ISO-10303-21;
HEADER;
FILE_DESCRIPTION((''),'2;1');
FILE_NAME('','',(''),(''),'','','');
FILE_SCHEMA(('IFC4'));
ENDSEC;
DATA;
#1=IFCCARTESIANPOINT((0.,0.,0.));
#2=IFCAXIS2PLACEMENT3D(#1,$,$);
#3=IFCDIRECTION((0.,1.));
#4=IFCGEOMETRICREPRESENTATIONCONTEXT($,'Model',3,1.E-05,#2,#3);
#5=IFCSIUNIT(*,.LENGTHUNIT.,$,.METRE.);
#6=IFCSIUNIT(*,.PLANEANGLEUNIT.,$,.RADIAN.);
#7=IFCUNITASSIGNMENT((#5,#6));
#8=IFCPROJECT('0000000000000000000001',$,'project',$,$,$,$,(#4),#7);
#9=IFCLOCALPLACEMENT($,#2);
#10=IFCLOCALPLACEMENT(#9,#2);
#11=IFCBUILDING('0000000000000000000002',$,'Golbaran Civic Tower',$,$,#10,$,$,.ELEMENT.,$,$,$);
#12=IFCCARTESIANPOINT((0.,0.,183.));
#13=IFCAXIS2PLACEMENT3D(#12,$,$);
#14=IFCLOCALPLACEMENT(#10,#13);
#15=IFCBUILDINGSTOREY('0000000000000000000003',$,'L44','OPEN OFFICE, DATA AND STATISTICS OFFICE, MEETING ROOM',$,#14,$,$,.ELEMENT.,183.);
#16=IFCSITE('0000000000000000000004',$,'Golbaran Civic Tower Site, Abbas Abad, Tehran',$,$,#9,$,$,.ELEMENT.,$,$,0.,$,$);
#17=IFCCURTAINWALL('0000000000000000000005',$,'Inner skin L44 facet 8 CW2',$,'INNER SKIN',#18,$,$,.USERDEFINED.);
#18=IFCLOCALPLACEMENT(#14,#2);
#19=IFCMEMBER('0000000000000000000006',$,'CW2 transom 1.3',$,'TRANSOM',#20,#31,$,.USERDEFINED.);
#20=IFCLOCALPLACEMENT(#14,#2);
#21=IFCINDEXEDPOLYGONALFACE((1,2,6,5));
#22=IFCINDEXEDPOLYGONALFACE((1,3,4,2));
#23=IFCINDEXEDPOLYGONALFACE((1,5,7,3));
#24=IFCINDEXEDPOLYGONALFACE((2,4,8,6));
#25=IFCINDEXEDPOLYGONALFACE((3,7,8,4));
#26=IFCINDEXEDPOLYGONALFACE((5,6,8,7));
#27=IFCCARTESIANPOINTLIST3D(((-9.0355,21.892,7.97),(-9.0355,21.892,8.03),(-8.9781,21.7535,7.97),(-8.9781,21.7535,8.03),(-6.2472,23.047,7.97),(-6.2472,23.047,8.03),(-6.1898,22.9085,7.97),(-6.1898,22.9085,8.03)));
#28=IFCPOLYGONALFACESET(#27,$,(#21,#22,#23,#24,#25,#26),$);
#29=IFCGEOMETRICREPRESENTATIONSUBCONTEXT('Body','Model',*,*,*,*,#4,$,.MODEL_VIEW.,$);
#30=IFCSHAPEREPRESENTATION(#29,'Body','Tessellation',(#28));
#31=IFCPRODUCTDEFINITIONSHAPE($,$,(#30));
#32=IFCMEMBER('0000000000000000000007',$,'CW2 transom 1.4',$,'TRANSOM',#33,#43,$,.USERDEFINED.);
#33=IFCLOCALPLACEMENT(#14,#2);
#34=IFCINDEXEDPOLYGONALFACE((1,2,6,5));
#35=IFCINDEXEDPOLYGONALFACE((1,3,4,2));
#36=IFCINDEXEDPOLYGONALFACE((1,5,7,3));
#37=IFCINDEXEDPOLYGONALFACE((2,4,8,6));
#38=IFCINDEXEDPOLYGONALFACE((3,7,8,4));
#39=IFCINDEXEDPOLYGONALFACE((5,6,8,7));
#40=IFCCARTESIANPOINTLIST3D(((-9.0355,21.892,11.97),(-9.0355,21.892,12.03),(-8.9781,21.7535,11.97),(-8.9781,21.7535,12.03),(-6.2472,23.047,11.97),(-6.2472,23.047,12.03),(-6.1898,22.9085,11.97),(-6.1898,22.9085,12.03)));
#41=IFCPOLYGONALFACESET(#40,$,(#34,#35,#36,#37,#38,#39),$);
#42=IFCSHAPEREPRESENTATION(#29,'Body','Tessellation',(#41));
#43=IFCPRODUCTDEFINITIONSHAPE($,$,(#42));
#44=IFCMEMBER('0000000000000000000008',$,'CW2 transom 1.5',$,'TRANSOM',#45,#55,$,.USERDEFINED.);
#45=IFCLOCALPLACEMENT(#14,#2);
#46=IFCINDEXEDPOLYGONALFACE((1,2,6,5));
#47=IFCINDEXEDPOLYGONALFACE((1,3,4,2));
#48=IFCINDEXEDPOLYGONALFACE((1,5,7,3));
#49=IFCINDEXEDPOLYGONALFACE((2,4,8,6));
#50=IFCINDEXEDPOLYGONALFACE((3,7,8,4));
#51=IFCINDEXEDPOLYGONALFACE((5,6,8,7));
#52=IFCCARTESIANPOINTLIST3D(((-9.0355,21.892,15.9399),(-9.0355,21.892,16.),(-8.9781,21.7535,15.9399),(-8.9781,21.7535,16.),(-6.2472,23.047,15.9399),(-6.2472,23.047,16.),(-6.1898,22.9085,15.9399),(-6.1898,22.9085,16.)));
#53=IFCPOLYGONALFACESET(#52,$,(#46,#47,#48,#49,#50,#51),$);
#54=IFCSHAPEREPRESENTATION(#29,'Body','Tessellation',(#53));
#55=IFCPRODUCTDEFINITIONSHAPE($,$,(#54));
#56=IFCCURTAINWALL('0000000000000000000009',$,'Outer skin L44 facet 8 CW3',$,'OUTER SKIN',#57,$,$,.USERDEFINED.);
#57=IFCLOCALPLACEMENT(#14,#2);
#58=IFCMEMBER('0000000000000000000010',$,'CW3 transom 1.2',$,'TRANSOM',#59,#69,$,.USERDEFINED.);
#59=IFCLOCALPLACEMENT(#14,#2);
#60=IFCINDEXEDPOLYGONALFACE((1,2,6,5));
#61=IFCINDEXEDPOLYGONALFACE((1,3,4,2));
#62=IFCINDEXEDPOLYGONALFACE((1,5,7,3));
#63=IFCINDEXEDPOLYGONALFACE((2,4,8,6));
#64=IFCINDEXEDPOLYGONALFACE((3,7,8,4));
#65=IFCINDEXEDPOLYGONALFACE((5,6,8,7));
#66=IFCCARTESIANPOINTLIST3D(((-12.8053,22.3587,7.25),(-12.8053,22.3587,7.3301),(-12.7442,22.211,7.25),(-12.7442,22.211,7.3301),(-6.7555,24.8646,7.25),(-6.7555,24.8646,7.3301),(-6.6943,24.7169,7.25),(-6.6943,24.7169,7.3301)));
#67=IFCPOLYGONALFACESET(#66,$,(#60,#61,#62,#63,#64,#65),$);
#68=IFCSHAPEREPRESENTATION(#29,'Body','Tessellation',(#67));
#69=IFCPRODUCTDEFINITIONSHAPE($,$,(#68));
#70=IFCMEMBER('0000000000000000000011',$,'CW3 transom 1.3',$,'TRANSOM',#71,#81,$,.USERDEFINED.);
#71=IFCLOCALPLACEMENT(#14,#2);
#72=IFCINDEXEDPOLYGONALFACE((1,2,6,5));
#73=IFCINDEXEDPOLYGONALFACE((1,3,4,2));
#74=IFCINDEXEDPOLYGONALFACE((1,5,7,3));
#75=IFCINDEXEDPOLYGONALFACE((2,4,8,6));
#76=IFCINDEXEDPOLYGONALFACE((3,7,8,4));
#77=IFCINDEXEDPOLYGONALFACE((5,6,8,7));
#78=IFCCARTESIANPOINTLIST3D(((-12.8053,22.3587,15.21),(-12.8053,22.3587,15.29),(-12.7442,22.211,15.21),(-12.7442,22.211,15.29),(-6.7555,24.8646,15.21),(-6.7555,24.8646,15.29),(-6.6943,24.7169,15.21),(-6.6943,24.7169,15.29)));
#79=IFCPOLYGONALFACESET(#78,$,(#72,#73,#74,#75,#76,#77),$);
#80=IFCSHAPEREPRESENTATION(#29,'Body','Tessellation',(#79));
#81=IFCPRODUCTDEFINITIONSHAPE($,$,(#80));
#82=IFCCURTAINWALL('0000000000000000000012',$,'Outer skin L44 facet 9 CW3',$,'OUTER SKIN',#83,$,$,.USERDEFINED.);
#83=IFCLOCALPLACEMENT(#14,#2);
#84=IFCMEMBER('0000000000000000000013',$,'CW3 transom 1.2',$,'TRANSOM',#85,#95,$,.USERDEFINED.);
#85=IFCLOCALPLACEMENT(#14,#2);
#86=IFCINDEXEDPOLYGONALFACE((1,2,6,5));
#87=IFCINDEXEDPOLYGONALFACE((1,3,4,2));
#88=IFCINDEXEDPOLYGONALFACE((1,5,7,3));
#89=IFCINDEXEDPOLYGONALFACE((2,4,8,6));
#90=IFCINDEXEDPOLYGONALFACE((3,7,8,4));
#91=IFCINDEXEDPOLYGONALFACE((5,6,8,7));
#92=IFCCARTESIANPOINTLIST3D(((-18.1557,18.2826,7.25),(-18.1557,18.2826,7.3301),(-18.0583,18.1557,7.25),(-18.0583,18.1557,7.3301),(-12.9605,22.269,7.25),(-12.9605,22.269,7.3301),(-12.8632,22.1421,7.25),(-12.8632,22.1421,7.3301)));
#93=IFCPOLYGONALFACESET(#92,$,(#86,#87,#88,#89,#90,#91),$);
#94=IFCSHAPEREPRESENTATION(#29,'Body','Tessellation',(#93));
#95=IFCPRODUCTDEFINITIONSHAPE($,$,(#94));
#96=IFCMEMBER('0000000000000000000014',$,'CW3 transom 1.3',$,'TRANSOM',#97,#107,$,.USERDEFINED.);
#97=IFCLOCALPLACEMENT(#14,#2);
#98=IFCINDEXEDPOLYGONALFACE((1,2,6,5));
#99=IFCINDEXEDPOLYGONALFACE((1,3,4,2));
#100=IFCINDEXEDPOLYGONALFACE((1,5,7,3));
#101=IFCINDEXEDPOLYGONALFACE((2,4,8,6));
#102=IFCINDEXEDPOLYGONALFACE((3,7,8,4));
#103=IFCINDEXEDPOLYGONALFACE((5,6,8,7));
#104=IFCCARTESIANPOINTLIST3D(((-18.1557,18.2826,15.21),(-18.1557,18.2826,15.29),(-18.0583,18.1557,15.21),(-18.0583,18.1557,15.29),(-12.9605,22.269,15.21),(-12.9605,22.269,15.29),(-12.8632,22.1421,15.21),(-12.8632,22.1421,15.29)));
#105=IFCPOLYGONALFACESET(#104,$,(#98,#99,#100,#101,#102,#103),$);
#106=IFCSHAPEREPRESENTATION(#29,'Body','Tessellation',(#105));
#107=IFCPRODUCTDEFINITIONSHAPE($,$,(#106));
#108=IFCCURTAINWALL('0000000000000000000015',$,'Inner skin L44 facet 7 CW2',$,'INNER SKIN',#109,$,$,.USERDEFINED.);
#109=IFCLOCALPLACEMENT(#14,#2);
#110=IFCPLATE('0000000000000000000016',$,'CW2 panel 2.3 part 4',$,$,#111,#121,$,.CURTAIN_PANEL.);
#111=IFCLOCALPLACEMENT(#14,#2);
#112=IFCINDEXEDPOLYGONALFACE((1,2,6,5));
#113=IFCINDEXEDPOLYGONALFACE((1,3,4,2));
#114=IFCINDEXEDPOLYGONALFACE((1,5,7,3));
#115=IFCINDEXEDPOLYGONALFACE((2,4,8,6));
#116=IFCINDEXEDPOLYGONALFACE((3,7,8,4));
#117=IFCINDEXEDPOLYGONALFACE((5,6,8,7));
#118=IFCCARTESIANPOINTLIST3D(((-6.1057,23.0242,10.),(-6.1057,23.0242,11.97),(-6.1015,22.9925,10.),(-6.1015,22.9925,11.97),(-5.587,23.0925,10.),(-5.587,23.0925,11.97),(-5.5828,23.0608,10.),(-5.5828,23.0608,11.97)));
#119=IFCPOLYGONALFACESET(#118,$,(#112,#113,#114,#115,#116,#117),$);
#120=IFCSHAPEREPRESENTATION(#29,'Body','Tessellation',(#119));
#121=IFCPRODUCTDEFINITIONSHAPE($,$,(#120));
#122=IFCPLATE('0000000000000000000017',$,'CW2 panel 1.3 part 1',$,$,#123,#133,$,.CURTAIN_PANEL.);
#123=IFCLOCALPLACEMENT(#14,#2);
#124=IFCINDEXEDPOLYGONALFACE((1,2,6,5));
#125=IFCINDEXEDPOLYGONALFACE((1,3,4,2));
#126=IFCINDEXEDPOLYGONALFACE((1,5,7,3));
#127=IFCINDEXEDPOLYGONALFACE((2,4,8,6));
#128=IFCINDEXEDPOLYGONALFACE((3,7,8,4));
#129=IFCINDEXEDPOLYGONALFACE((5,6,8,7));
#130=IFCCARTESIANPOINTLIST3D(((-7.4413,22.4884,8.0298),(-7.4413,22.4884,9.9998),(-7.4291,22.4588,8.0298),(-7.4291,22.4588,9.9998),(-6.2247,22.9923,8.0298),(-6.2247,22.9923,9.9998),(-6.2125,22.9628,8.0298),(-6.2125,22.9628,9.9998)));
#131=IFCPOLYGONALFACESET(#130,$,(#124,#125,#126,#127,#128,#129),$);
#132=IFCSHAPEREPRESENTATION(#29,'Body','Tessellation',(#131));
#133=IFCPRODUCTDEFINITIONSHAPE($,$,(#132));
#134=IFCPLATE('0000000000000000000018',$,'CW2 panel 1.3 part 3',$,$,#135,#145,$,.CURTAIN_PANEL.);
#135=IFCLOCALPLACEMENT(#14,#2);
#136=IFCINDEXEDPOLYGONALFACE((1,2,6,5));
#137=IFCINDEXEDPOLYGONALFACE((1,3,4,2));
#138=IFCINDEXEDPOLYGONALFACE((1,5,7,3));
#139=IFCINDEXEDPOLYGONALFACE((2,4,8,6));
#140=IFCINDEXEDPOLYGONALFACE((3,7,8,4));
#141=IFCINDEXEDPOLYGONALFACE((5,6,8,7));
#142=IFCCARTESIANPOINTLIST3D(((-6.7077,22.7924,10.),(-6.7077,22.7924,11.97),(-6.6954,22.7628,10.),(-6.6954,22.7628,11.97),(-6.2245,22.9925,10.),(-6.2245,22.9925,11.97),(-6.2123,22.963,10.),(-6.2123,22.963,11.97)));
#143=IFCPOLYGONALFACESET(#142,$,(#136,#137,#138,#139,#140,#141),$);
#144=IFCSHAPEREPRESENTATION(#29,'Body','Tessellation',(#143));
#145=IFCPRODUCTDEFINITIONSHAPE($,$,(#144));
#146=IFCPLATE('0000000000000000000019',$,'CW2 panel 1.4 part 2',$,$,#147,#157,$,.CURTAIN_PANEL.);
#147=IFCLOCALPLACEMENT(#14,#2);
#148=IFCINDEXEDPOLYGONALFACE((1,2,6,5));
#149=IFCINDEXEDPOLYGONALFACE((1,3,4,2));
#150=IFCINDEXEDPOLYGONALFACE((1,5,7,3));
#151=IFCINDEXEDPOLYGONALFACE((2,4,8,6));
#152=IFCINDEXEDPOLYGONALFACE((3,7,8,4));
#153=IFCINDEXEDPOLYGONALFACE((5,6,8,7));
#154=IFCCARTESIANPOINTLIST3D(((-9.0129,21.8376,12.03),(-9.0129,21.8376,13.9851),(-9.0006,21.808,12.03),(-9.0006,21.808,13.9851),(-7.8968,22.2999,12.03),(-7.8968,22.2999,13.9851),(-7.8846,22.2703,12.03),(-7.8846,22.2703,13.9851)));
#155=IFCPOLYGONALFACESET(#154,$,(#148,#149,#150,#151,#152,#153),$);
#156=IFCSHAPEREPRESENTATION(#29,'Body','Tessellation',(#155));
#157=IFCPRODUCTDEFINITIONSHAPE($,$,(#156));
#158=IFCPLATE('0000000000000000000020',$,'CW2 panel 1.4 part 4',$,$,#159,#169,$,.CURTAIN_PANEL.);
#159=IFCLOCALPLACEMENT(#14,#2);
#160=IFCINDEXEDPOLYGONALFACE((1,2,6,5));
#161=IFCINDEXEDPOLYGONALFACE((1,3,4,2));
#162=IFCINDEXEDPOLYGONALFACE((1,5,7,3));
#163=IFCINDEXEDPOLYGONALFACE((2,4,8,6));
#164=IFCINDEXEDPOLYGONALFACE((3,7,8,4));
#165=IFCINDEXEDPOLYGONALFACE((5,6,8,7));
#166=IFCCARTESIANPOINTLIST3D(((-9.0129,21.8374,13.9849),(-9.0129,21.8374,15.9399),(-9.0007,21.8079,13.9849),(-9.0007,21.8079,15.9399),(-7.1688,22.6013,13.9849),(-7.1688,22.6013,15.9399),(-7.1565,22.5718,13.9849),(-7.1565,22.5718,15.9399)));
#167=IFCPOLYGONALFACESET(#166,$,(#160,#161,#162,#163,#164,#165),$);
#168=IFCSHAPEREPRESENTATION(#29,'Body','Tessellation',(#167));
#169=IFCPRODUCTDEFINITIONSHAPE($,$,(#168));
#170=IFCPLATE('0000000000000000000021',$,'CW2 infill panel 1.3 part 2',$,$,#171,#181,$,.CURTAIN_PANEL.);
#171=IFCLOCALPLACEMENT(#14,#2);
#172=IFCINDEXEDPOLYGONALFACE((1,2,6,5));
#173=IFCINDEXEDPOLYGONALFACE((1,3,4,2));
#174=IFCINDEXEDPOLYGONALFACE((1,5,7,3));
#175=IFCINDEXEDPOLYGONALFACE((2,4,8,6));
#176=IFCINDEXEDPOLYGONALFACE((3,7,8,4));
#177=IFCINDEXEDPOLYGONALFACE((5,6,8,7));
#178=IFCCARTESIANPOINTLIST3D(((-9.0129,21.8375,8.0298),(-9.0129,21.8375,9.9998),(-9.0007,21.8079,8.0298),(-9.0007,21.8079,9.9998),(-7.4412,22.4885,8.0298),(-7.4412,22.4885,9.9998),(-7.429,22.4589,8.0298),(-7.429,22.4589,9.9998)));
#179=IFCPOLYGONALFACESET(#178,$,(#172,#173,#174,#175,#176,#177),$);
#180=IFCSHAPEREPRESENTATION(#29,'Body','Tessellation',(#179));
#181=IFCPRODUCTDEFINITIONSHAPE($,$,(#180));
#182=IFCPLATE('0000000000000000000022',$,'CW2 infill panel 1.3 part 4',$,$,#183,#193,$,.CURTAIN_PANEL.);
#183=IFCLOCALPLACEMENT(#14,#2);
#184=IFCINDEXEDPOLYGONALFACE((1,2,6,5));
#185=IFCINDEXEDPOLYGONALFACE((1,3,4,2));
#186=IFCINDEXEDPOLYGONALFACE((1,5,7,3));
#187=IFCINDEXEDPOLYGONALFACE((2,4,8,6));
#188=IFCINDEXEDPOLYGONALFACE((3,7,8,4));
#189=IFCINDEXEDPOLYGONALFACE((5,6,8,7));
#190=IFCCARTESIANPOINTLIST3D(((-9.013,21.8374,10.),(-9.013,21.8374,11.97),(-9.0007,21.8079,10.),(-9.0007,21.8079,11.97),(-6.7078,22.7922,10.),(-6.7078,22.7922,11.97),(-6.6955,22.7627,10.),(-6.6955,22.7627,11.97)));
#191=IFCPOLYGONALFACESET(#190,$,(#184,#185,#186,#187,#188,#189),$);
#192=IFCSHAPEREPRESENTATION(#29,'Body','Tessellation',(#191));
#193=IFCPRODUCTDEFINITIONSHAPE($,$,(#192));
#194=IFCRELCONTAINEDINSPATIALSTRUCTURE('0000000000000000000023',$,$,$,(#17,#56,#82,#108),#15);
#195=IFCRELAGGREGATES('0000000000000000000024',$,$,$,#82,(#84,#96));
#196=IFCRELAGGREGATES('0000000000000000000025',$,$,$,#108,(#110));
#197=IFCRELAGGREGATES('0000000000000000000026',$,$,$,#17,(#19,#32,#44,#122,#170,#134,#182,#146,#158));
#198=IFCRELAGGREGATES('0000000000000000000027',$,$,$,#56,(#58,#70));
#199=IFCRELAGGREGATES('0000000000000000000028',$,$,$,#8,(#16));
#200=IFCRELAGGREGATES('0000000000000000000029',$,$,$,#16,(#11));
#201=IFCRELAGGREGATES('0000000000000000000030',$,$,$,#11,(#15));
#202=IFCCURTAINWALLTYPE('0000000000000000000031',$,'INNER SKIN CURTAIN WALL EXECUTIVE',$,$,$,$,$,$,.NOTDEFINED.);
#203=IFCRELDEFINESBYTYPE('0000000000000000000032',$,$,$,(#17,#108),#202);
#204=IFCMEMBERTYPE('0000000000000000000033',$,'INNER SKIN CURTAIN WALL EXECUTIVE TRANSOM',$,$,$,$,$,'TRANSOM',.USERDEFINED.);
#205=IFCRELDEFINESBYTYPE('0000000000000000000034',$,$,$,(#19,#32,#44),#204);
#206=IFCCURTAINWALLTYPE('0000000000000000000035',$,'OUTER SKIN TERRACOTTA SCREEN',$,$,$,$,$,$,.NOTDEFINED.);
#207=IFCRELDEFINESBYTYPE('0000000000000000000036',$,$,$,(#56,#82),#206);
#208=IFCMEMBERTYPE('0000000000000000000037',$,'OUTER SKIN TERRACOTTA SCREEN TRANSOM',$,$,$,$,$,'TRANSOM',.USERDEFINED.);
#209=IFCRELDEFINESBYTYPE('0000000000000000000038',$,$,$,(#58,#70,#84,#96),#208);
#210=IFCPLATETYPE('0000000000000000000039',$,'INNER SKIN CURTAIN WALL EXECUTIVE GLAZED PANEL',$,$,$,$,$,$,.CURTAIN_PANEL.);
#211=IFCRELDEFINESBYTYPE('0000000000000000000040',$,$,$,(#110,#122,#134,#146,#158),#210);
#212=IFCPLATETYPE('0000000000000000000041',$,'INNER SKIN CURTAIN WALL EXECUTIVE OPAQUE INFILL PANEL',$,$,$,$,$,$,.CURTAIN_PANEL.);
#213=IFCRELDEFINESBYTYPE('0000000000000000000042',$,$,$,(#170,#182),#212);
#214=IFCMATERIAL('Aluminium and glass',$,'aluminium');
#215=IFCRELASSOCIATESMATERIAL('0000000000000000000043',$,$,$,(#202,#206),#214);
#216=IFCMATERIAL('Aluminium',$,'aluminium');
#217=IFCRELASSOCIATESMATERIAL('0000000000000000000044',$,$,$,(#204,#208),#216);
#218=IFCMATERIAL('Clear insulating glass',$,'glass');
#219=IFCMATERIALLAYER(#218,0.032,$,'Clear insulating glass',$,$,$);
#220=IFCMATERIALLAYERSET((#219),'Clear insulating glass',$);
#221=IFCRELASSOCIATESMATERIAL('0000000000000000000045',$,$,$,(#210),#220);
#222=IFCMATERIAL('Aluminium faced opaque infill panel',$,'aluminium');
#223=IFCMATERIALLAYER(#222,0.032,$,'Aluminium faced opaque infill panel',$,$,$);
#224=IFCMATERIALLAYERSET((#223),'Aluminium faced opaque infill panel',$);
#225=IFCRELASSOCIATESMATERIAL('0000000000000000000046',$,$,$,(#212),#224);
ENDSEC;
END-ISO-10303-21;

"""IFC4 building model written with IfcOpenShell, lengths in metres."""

from ifc_helpers import new_model, si_unit, direction, frame, origin, origin_2d, place, context, subcontext, project, spatial, rectangle, extrude, material, layer, layer_set, material_profile, profile_set, type_object, element, aggregate, save


model = new_model("IFC4")

# Units and contexts
model_context = context("Model", 3, precision=1e-05, world=origin(), true_north=direction((0.0, 1.0)))
body_context = subcontext(model_context, "Body", "Model", "MODEL_VIEW")
ifc_project = project(units=[si_unit("LENGTHUNIT", "METRE"), si_unit("PLANEANGLEUNIT", "RADIAN")], contexts=[model_context])

# Site, building, storey
site_placement = place(None, origin())
site = spatial("IfcSite", under=ifc_project, at=site_placement, Name="Golbaran Civic Tower Site, Abbas Abad, Tehran", CompositionType="ELEMENT", RefElevation=0.0)
building_placement = place(site_placement, origin())
building = spatial("IfcBuilding", under=site, at=building_placement, Name="Golbaran Civic Tower", CompositionType="ELEMENT")
storey_placement = place(building_placement, frame((0.0, 0.0, 183.0)))
storey = spatial("IfcBuildingStorey", under=building, at=storey_placement, Name="L44", Description="OPEN OFFICE, DATA AND STATISTICS OFFICE, MEETING ROOM", CompositionType="ELEMENT", Elevation=183.0)

# Curtain walls, members
ifc_material_1 = material(Name="Aluminium and glass", Category="aluminium")
curtain_wall_type_1 = type_object("IfcCurtainWallType", Name="INNER SKIN CURTAIN WALL EXECUTIVE", PredefinedType="NOTDEFINED", material=ifc_material_1)
curtain_wall_1_placement = place(storey_placement, origin())
curtain_wall_1 = element("IfcCurtainWall", 1, at=curtain_wall_1_placement, inside=storey, type_object=curtain_wall_type_1, Name="Inner skin L44 facet 8 CW2", ObjectType="INNER SKIN", PredefinedType="USERDEFINED")
ifc_material_2 = material(Name="Aluminium", Category="aluminium")
ifc_material_profile_1 = material_profile(ifc_material_2, rectangle(XDim=0.1499, YDim=0.0601, at=origin_2d()), Name="INNER SKIN CURTAIN WALL EXECUTIVE TRANSOM")
ifc_profile_set_1 = profile_set([ifc_material_profile_1], Name="Aluminium")
member_type_1 = type_object("IfcMemberType", Name="INNER SKIN CURTAIN WALL EXECUTIVE TRANSOM", ElementType="TRANSOM", PredefinedType="USERDEFINED", material=ifc_profile_set_1)
member_1_placement = place(storey_placement, frame((-6.2185, 22.9778, 8.0), z_axis=(-0.923872, -0.382702, 0.0), x_axis=(0.382702, -0.923872, 0.0)))
member_1 = element("IfcMember", 2, at=member_1_placement, type_object=member_type_1, Name="CW2 transom 1.3", ObjectType="TRANSOM", PredefinedType="USERDEFINED", context=body_context, shape_type="SweptSolid", body=[
    extrude(rectangle(XDim=0.1499, YDim=0.0601, at=origin_2d()), origin(), (0.0, 0.0, 1.0), 3.0181),
])
member_2_placement = place(storey_placement, frame((-6.2185, 22.9778, 12.0), z_axis=(-0.923872, -0.382702, 0.0), x_axis=(0.382702, -0.923872, 0.0)))
member_2 = element("IfcMember", 3, at=member_2_placement, type_object=member_type_1, Name="CW2 transom 1.4", ObjectType="TRANSOM", PredefinedType="USERDEFINED", context=body_context, shape_type="SweptSolid", body=[
    extrude(rectangle(XDim=0.1499, YDim=0.0601, at=origin_2d()), origin(), (0.0, 0.0, 1.0), 3.0181),
])
member_3_placement = place(storey_placement, frame((-6.2185, 22.9778, 15.97), z_axis=(-0.923872, -0.382702, 0.0), x_axis=(0.382702, -0.923872, 0.0)))
member_3 = element("IfcMember", 4, at=member_3_placement, type_object=member_type_1, Name="CW2 transom 1.5", ObjectType="TRANSOM", PredefinedType="USERDEFINED", context=body_context, shape_type="SweptSolid", body=[
    extrude(rectangle(XDim=0.1499, YDim=0.0601, at=origin_2d()), origin(), (0.0, 0.0, 1.0), 3.0181),
])
curtain_wall_type_2 = type_object("IfcCurtainWallType", Name="OUTER SKIN TERRACOTTA SCREEN", PredefinedType="NOTDEFINED", material=ifc_material_1)
curtain_wall_2_placement = place(storey_placement, origin())
curtain_wall_2 = element("IfcCurtainWall", 5, at=curtain_wall_2_placement, inside=storey, type_object=curtain_wall_type_2, Name="Outer skin L44 facet 8 CW3", ObjectType="OUTER SKIN", PredefinedType="USERDEFINED")
ifc_material_profile_2 = material_profile(ifc_material_2, rectangle(XDim=0.1599, YDim=0.0801, at=origin_2d()), Name="OUTER SKIN TERRACOTTA SCREEN TRANSOM")
ifc_profile_set_2 = profile_set([ifc_material_profile_2], Name="Aluminium")
member_type_2 = type_object("IfcMemberType", Name="OUTER SKIN TERRACOTTA SCREEN TRANSOM", ElementType="TRANSOM", PredefinedType="USERDEFINED", material=ifc_profile_set_2)
member_4_placement = place(storey_placement, frame((-6.7249, 24.7908, 7.29), z_axis=(-0.923882, -0.382677, 0.0), x_axis=(0.382677, -0.923882, 0.0)))
member_4 = element("IfcMember", 6, at=member_4_placement, type_object=member_type_2, Name="CW3 transom 1.2", ObjectType="TRANSOM", PredefinedType="USERDEFINED", context=body_context, shape_type="SweptSolid", body=[
    extrude(rectangle(XDim=0.1599, YDim=0.0801, at=origin_2d()), origin(), (0.0, 0.0, 1.0), 6.5483),
])
member_5_placement = place(storey_placement, frame((-6.7249, 24.7908, 15.25), z_axis=(-0.923882, -0.382677, 0.0), x_axis=(0.382677, -0.923882, 0.0)))
member_5 = element("IfcMember", 7, at=member_5_placement, type_object=member_type_2, Name="CW3 transom 1.3", ObjectType="TRANSOM", PredefinedType="USERDEFINED", context=body_context, shape_type="SweptSolid", body=[
    extrude(rectangle(XDim=0.1599, YDim=0.0801, at=origin_2d()), origin(), (0.0, 0.0, 1.0), 6.5483),
])
curtain_wall_3_placement = place(storey_placement, origin())
curtain_wall_3 = element("IfcCurtainWall", 8, at=curtain_wall_3_placement, inside=storey, type_object=curtain_wall_type_2, Name="Outer skin L44 facet 9 CW3", ObjectType="OUTER SKIN", PredefinedType="USERDEFINED")
member_6_placement = place(storey_placement, frame((-12.9119, 22.2056, 7.29), z_axis=(-0.793352, -0.608763, 0.0), x_axis=(0.608763, -0.793352, 0.0)))
member_6 = element("IfcMember", 9, at=member_6_placement, type_object=member_type_2, Name="CW3 transom 1.2", ObjectType="TRANSOM", PredefinedType="USERDEFINED", context=body_context, shape_type="SweptSolid", body=[
    extrude(rectangle(XDim=0.1599, YDim=0.0801, at=origin_2d()), origin(), (0.0, 0.0, 1.0), 6.5483),
])
member_7_placement = place(storey_placement, frame((-12.9119, 22.2056, 15.25), z_axis=(-0.793352, -0.608763, 0.0), x_axis=(0.608763, -0.793352, 0.0)))
member_7 = element("IfcMember", 10, at=member_7_placement, type_object=member_type_2, Name="CW3 transom 1.3", ObjectType="TRANSOM", PredefinedType="USERDEFINED", context=body_context, shape_type="SweptSolid", body=[
    extrude(rectangle(XDim=0.1599, YDim=0.0801, at=origin_2d()), origin(), (0.0, 0.0, 1.0), 6.5483),
])
aggregate(curtain_wall_3, [member_6, member_7])

# Curtain wall, plate
curtain_wall_4_placement = place(storey_placement, origin())
curtain_wall_4 = element("IfcCurtainWall", 11, at=curtain_wall_4_placement, inside=storey, type_object=curtain_wall_type_1, Name="Inner skin L44 facet 7 CW2", ObjectType="INNER SKIN", PredefinedType="USERDEFINED")
ifc_material_3 = material(Name="Clear insulating glass", Category="glass")
ifc_layer_1 = layer(ifc_material_3, 0.032, Name="Clear insulating glass")
ifc_layer_set_1 = layer_set([ifc_layer_1], Name="Clear insulating glass")
plate_type_1 = type_object("IfcPlateType", Name="INNER SKIN CURTAIN WALL EXECUTIVE GLAZED PANEL", PredefinedType="CURTAIN_PANEL", material=ifc_layer_set_1)
plate_1_placement = place(storey_placement, frame((-5.8442, 23.0425, 10.0), z_axis=(0.0, 0.0, 1.0), x_axis=(-0.991445, -0.130526, 0.0)))
plate_1 = element("IfcPlate", 12, at=plate_1_placement, type_object=plate_type_1, Name="CW2 panel 2.3 part 4", PredefinedType="CURTAIN_PANEL", context=body_context, shape_type="SweptSolid", body=[
    extrude(rectangle(XDim=0.5232, YDim=0.032, at=origin_2d()), origin(), (0.0, 0.0, 1.0), 1.97),
])
aggregate(curtain_wall_4, [plate_1])

# Plates
plate_2_placement = place(storey_placement, frame((-6.8269, 22.7256, 8.0298), z_axis=(0.0, 0.0, 1.0), x_axis=(-0.92388, -0.382683, 0.0)))
plate_2 = element("IfcPlate", 13, at=plate_2_placement, type_object=plate_type_1, Name="CW2 panel 1.3 part 1", PredefinedType="CURTAIN_PANEL", context=body_context, shape_type="SweptSolid", body=[
    extrude(rectangle(XDim=1.3169, YDim=0.032, at=origin_2d()), origin(), (0.0, 0.0, 1.0), 1.97),
])
plate_3_placement = place(storey_placement, frame((-6.46, 22.8777, 10.0), z_axis=(0.0, 0.0, 1.0), x_axis=(-0.92388, -0.382683, 0.0)))
plate_3 = element("IfcPlate", 14, at=plate_3_placement, type_object=plate_type_1, Name="CW2 panel 1.3 part 3", PredefinedType="CURTAIN_PANEL", context=body_context, shape_type="SweptSolid", body=[
    extrude(rectangle(XDim=0.5229, YDim=0.032, at=origin_2d()), origin(), (0.0, 0.0, 1.0), 1.97),
])
plate_4_placement = place(storey_placement, frame((-8.4487, 22.054, 12.03), z_axis=(0.0, 0.0, 1.0), x_axis=(-0.92388, -0.382683, 0.0)))
plate_4 = element("IfcPlate", 15, at=plate_4_placement, type_object=plate_type_1, Name="CW2 panel 1.4 part 2", PredefinedType="CURTAIN_PANEL", context=body_context, shape_type="SweptSolid", body=[
    extrude(rectangle(XDim=1.208, YDim=0.032, at=origin_2d()), origin(), (0.0, 0.0, 1.0), 1.9551),
])
plate_5_placement = place(storey_placement, frame((-8.0847, 22.2046, 13.9849), z_axis=(0.0, 0.0, 1.0), x_axis=(-0.92388, -0.382683, 0.0)))
plate_5 = element("IfcPlate", 16, at=plate_5_placement, type_object=plate_type_1, Name="CW2 panel 1.4 part 4", PredefinedType="CURTAIN_PANEL", context=body_context, shape_type="SweptSolid", body=[
    extrude(rectangle(XDim=1.9961, YDim=0.032, at=origin_2d()), origin(), (0.0, 0.0, 1.0), 1.9551),
])
ifc_material_4 = material(Name="Aluminium faced opaque infill panel", Category="aluminium")
ifc_layer_2 = layer(ifc_material_4, 0.032, Name="Aluminium faced opaque infill panel")
ifc_layer_set_2 = layer_set([ifc_layer_2], Name="Aluminium faced opaque infill panel")
plate_type_2 = type_object("IfcPlateType", Name="INNER SKIN CURTAIN WALL EXECUTIVE OPAQUE INFILL PANEL", PredefinedType="CURTAIN_PANEL", material=ifc_layer_set_2)
plate_6_placement = place(storey_placement, frame((-8.2209, 22.1482, 8.0298), z_axis=(0.0, 0.0, 1.0), x_axis=(-0.92388, -0.382683, 0.0)))
plate_6 = element("IfcPlate", 17, at=plate_6_placement, type_object=plate_type_2, Name="CW2 infill panel 1.3 part 2", PredefinedType="CURTAIN_PANEL", context=body_context, shape_type="SweptSolid", body=[
    extrude(rectangle(XDim=1.7012, YDim=0.032, at=origin_2d()), origin(), (0.0, 0.0, 1.0), 1.97),
])
plate_7_placement = place(storey_placement, frame((-7.8542, 22.3, 10.0), z_axis=(0.0, 0.0, 1.0), x_axis=(-0.92388, -0.382683, 0.0)))
plate_7 = element("IfcPlate", 18, at=plate_7_placement, type_object=plate_type_2, Name="CW2 infill panel 1.3 part 4", PredefinedType="CURTAIN_PANEL", context=body_context, shape_type="SweptSolid", body=[
    extrude(rectangle(XDim=2.4951, YDim=0.032, at=origin_2d()), origin(), (0.0, 0.0, 1.0), 1.97),
])
aggregate(curtain_wall_1, [member_1, member_2, member_3, plate_2, plate_6, plate_3, plate_7, plate_4, plate_5])
aggregate(curtain_wall_2, [member_4, member_5])

save(model, "model.ifc")
